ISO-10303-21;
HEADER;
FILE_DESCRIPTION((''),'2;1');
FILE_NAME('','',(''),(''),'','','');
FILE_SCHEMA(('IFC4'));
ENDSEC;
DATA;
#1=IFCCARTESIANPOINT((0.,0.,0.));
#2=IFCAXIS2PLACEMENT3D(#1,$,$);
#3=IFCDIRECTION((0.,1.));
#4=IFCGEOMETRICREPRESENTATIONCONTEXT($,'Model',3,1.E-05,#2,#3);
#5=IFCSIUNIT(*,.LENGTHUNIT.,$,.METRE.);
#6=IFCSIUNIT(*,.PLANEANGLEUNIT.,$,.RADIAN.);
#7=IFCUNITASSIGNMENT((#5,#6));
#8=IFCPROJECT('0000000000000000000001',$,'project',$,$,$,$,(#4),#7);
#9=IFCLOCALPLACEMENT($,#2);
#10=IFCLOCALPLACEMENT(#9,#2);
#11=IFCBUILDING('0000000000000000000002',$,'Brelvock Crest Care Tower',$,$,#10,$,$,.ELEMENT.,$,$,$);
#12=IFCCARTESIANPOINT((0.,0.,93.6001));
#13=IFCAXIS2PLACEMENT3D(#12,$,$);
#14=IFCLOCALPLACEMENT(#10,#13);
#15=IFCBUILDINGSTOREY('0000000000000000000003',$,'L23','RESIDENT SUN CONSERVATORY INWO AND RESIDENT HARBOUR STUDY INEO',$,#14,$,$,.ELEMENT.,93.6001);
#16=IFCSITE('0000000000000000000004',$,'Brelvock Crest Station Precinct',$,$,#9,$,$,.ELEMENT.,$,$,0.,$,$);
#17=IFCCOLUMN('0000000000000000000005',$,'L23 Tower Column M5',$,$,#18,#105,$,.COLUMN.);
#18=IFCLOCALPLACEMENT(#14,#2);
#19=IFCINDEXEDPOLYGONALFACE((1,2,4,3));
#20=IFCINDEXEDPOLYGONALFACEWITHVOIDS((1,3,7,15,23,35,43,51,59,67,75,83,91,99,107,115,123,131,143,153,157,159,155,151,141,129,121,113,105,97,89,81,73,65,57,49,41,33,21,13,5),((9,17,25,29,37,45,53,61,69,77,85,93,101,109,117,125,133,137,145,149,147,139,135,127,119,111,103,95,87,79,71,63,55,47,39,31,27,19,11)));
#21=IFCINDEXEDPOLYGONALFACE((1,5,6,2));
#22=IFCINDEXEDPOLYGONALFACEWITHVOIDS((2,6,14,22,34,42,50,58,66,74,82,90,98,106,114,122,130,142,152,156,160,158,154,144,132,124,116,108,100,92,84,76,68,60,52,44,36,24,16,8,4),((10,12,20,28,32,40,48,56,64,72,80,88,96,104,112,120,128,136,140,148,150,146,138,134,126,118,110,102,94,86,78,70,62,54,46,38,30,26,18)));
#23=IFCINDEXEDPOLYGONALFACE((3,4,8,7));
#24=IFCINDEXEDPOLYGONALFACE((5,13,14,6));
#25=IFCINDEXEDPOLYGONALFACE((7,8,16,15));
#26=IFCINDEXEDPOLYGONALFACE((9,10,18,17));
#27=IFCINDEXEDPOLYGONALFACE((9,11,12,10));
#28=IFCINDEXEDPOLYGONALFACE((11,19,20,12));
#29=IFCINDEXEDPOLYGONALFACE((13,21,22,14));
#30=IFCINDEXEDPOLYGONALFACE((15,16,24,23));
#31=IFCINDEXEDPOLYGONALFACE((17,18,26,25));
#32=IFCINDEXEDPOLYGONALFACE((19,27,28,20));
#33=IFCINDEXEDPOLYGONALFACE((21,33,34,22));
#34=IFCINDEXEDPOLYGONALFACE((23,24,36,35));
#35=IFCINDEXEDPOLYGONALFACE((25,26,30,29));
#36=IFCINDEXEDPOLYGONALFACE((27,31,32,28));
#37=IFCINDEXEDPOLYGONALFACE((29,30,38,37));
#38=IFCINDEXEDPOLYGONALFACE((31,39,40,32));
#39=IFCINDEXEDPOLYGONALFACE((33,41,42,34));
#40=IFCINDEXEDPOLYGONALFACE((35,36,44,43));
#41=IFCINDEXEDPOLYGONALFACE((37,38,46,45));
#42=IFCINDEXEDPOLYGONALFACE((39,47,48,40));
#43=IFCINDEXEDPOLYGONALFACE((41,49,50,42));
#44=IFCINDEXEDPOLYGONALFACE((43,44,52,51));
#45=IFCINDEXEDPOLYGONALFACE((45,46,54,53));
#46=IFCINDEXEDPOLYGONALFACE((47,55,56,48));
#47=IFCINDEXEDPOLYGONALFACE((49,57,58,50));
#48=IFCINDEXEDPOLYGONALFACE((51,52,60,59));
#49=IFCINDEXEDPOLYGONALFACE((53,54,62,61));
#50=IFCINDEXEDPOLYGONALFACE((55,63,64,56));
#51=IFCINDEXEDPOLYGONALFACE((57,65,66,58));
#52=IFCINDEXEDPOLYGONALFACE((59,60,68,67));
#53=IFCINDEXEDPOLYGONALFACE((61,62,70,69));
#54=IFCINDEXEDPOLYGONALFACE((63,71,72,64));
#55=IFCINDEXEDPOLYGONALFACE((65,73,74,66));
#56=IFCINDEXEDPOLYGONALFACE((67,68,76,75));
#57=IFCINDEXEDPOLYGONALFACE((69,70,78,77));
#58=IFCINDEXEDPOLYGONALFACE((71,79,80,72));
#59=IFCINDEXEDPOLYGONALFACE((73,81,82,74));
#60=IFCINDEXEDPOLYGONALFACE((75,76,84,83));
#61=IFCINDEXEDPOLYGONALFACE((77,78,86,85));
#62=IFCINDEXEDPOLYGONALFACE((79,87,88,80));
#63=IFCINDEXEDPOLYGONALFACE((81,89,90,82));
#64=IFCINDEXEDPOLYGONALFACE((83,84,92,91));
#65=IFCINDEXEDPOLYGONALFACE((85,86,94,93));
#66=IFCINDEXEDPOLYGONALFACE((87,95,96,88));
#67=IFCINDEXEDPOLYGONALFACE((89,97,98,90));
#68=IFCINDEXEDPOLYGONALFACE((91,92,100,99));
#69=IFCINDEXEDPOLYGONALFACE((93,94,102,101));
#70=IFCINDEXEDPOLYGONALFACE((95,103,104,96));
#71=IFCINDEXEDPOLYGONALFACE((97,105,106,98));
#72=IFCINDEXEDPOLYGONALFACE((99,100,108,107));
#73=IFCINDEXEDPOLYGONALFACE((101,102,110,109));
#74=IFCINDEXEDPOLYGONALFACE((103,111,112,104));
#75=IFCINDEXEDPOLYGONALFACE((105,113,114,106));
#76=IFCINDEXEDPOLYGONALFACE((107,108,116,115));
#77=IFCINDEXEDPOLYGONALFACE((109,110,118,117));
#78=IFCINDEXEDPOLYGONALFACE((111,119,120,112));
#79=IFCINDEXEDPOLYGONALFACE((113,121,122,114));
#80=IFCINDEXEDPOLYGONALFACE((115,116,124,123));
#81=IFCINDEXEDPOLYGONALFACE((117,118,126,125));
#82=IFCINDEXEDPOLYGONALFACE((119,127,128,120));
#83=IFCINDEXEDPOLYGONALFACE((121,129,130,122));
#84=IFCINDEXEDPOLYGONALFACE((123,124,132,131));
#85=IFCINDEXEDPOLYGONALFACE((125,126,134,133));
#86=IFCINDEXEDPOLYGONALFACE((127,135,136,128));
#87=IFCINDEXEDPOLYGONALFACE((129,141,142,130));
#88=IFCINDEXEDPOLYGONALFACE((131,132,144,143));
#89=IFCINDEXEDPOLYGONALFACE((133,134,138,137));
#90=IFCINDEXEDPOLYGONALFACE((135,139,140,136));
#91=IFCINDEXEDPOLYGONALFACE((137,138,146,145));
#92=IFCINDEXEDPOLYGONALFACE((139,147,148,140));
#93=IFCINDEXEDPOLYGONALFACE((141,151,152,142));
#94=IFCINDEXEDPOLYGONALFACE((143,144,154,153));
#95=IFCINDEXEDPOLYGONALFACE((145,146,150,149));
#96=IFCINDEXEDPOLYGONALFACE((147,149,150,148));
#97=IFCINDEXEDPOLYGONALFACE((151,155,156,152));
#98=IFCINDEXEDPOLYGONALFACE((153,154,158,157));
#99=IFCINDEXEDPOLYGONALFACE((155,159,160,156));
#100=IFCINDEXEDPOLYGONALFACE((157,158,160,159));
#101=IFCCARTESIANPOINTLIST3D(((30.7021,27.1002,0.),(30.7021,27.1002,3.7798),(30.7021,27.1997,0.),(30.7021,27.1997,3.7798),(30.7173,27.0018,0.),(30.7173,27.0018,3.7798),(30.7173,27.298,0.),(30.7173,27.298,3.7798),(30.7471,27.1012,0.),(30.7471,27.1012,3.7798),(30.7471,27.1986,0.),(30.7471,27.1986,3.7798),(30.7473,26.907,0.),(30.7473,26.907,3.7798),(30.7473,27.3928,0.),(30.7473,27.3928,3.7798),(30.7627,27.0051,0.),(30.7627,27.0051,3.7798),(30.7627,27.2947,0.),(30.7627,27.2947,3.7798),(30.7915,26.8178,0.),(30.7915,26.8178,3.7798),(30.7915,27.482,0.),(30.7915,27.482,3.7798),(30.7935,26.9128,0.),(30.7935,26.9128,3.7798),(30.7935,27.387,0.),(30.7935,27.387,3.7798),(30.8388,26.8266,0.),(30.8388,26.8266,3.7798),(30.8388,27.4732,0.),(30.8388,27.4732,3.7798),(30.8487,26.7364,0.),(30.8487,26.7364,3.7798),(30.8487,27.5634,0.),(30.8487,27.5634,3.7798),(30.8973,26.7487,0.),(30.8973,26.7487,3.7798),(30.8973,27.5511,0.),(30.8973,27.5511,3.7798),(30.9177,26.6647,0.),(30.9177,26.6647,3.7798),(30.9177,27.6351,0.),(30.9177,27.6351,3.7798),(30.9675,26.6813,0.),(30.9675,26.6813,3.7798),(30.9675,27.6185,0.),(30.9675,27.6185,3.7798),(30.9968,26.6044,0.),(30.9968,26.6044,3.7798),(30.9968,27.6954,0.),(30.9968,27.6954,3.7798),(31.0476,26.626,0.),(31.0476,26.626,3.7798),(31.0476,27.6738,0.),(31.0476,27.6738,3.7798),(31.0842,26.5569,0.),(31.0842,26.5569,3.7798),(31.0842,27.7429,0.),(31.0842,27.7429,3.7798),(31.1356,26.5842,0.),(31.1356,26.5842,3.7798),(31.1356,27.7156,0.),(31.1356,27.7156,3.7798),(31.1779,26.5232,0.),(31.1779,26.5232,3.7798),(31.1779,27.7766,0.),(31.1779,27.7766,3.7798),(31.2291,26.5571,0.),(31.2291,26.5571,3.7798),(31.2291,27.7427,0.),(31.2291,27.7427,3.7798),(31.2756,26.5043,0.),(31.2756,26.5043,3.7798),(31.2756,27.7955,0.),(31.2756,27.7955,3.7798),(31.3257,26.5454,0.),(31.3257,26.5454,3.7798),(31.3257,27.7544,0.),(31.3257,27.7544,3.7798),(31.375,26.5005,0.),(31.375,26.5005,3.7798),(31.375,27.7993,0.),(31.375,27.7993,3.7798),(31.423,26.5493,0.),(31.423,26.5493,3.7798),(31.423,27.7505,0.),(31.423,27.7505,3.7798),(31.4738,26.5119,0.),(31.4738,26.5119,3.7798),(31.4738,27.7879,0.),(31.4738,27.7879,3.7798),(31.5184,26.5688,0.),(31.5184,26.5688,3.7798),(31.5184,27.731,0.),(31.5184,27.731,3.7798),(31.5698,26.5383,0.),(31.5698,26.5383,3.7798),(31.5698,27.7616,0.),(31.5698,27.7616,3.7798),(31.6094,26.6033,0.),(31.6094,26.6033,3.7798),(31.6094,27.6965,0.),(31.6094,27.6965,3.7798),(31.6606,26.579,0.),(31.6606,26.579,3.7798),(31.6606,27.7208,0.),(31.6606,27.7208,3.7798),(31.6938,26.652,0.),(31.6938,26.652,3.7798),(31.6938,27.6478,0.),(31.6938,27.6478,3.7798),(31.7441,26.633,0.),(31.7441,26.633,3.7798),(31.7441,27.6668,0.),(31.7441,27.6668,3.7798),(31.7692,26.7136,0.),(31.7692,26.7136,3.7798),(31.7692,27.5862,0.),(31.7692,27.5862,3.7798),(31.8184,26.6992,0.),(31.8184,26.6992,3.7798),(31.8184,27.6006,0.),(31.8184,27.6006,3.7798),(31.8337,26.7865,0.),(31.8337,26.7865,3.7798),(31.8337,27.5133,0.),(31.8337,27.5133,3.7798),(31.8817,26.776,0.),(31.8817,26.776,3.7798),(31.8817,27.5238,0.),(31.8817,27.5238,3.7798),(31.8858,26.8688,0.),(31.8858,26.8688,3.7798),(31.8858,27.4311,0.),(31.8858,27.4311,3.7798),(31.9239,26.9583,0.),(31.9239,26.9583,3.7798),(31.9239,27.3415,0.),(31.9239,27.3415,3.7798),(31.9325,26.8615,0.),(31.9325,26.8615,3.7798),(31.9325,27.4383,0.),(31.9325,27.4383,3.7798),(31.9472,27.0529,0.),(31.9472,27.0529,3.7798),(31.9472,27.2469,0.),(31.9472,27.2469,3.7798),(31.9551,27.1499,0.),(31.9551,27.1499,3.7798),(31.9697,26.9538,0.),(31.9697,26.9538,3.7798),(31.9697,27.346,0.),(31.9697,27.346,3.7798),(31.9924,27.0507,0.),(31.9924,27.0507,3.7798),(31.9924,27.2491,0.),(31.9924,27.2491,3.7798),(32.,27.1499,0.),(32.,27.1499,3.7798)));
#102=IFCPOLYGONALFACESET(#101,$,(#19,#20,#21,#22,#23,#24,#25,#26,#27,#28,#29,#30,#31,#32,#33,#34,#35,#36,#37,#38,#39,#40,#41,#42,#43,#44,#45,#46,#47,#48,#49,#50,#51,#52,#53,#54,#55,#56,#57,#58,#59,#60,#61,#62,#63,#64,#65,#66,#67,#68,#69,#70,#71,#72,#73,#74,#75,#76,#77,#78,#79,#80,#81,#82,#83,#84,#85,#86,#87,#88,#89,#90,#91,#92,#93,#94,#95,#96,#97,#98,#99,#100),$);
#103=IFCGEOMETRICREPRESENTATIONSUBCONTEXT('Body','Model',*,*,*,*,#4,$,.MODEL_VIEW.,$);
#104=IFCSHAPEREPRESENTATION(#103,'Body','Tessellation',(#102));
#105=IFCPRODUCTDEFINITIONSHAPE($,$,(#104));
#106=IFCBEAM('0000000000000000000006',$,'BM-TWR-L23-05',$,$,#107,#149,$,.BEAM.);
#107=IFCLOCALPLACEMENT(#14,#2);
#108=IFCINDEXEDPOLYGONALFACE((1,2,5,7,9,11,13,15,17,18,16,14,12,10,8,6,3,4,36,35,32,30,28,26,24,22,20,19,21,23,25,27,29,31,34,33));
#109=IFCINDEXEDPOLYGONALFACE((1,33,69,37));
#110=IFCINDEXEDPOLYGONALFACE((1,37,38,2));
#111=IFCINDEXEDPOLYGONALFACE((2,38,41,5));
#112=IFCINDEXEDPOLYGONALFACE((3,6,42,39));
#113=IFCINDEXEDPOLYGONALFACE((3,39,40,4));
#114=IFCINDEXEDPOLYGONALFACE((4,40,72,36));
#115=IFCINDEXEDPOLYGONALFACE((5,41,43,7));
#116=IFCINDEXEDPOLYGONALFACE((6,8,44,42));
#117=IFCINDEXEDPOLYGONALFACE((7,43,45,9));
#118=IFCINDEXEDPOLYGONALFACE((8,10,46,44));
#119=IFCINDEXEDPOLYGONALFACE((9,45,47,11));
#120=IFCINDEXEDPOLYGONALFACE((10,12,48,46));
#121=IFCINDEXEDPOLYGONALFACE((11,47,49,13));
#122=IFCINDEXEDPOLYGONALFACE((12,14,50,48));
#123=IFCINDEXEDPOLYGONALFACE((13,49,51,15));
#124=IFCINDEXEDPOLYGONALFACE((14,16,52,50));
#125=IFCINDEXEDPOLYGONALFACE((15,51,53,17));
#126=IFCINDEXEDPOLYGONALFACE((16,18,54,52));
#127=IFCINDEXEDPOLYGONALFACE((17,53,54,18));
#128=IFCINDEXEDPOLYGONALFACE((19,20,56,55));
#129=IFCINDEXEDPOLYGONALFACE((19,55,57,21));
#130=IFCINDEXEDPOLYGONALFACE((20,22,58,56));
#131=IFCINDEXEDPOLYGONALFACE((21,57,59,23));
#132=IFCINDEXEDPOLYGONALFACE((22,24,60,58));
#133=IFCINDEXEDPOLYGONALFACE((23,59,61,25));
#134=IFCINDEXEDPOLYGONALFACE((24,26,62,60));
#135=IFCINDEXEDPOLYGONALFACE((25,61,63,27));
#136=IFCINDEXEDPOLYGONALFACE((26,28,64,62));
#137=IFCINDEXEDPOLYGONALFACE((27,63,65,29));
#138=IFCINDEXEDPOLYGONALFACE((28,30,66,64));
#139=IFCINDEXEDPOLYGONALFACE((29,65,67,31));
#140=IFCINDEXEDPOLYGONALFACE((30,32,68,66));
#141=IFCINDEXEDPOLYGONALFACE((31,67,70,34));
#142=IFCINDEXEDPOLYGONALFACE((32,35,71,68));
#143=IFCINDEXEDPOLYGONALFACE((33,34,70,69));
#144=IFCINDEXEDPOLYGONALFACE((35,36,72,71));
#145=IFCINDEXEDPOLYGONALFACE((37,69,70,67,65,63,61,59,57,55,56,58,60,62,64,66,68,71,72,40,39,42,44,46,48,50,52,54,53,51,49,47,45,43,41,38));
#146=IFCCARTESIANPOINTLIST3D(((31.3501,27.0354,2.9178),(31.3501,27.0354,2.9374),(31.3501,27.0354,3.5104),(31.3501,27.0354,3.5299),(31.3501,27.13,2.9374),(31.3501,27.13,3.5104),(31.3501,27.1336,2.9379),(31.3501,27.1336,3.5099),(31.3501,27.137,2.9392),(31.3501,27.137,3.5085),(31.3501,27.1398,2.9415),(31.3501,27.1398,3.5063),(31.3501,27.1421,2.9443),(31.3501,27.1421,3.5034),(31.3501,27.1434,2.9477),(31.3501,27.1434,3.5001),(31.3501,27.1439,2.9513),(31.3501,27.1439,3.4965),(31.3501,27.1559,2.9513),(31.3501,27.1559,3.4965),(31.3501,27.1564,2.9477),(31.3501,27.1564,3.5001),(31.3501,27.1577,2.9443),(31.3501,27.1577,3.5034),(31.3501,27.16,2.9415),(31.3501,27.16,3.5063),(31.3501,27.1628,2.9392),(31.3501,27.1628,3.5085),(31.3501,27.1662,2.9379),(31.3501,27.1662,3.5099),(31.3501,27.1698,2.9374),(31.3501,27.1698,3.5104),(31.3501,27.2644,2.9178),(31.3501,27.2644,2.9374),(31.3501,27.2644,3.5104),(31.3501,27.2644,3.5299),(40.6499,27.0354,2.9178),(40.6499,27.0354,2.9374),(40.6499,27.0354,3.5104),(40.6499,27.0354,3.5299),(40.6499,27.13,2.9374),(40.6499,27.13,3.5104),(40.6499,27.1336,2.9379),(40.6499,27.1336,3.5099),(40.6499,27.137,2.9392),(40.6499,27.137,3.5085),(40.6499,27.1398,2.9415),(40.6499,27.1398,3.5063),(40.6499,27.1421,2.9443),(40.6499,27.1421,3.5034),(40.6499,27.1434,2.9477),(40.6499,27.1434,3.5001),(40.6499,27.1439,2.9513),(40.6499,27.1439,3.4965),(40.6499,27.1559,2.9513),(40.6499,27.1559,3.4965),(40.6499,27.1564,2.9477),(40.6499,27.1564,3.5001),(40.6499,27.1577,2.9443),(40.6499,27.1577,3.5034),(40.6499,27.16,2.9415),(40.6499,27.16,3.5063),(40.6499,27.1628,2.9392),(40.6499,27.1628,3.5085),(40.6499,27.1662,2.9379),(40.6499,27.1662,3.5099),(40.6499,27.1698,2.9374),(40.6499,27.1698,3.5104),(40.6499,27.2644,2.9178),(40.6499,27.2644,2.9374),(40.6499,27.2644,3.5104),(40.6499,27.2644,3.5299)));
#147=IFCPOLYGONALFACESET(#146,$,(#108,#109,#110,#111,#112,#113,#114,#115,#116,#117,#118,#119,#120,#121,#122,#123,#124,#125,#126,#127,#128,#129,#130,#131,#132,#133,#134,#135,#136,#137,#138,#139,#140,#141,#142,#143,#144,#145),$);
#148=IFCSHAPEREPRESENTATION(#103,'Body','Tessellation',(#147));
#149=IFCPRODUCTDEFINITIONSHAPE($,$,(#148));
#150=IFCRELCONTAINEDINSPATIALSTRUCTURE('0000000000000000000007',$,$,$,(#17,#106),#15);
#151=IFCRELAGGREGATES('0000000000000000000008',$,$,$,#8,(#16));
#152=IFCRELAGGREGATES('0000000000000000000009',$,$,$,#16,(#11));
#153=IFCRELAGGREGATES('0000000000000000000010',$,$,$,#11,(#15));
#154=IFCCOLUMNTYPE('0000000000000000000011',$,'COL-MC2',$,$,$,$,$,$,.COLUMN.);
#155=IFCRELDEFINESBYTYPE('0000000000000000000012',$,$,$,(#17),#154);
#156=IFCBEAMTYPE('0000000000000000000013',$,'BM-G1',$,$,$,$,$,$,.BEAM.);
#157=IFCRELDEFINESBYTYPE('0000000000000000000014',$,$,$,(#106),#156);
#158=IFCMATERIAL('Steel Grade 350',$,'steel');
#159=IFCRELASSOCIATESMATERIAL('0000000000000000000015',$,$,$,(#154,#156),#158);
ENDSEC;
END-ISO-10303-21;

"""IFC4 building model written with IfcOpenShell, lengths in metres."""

from ifc_helpers import new_model, si_unit, direction, frame, origin, origin_2d, place, context, subcontext, project, spatial, hollow_circle, i_section, extrude, source, transform, mapped, material, material_profile, profile_set, type_object, element, save


model = new_model("IFC4")

# Units and contexts
model_context = context("Model", 3, precision=1e-05, world=origin(), true_north=direction((0.0, 1.0)))
body_context = subcontext(model_context, "Body", "Model", "MODEL_VIEW")
ifc_project = project(units=[si_unit("LENGTHUNIT", "METRE"), si_unit("PLANEANGLEUNIT", "RADIAN")], contexts=[model_context])

# Site, building, storey
site_placement = place(None, origin())
site = spatial("IfcSite", under=ifc_project, at=site_placement, Name="Brelvock Crest Station Precinct", CompositionType="ELEMENT", RefElevation=0.0)
building_placement = place(site_placement, origin())
building = spatial("IfcBuilding", under=site, at=building_placement, Name="Brelvock Crest Care Tower", CompositionType="ELEMENT")
storey_placement = place(building_placement, frame((0.0, 0.0, 93.6001)))
storey = spatial("IfcBuildingStorey", under=building, at=storey_placement, Name="L23", Description="RESIDENT SUN CONSERVATORY INWO AND RESIDENT HARBOUR STUDY INEO", CompositionType="ELEMENT", Elevation=93.6001)

# Column
ifc_material_1 = material(Name="Steel Grade 350", Category="steel")
ifc_material_profile_1 = material_profile(ifc_material_1, hollow_circle(Radius=0.6499, WallThickness=0.0449, at=origin_2d()), Name="CFT1300x45")
ifc_profile_set_1 = profile_set([ifc_material_profile_1], Name="Steel Grade 350")
column_type = type_object("IfcColumnType", Name="COL-MC2", PredefinedType="COLUMN", material=ifc_profile_set_1)
shared_shape_1 = source(origin(), body_context, "Body", "SweptSolid", [
    extrude(hollow_circle(Radius=0.6499, WallThickness=0.0449, at=origin_2d()), origin(), (0.0, 0.0, 1.0), 3.7798),
])
column_placement = place(storey_placement, frame((31.3501, 27.1499, 0.0), z_axis=(0.0, 0.0, 1.0), x_axis=(1.0, 0.0, 0.0)))
element("IfcColumn", 1, at=column_placement, inside=storey, type_object=column_type, Name="L23 Tower Column M5", PredefinedType="COLUMN", context=body_context, shape_type="MappedRepresentation", body=[
    mapped(shared_shape_1, transform((0.0, 0.0, 0.0), x_axis=(1.0, 0.0, 0.0), y_axis=(0.0, 1.0, 0.0), z_axis=(0.0, 0.0, 1.0), scale=1.0)),
])

# Beam
ifc_material_profile_2 = material_profile(ifc_material_1, i_section(OverallWidth=0.229, OverallDepth=0.6121, WebThickness=0.012, FlangeThickness=0.0195, FilletRadius=0.0139, at=origin_2d()), Name="610UB125")
ifc_profile_set_2 = profile_set([ifc_material_profile_2], Name="Steel Grade 350")
beam_type_1 = type_object("IfcBeamType", Name="BM-G1", PredefinedType="BEAM", material=ifc_profile_set_2)
shared_shape_2 = source(origin(), body_context, "Body", "SweptSolid", [
    extrude(i_section(OverallWidth=0.229, OverallDepth=0.6121, WebThickness=0.012, FlangeThickness=0.0195, FilletRadius=0.0139, at=origin_2d()), origin(), (0.0, 0.0, 1.0), 9.2998),
])
beam_1_placement = place(storey_placement, frame((31.3501, 27.1499, 3.2239), z_axis=(1.0, 0.0, 0.0), x_axis=(0.0, 1.0, 0.0)))
element("IfcBeam", 2, at=beam_1_placement, inside=storey, type_object=beam_type_1, Name="BM-TWR-L23-05", PredefinedType="BEAM", context=body_context, shape_type="MappedRepresentation", body=[
    mapped(shared_shape_2, transform((0.0, 0.0, 0.0), x_axis=(1.0, 0.0, 0.0), y_axis=(0.0, 1.0, 0.0), z_axis=(0.0, 0.0, 1.0), scale=1.0)),
])

save(model, "model.ifc")
